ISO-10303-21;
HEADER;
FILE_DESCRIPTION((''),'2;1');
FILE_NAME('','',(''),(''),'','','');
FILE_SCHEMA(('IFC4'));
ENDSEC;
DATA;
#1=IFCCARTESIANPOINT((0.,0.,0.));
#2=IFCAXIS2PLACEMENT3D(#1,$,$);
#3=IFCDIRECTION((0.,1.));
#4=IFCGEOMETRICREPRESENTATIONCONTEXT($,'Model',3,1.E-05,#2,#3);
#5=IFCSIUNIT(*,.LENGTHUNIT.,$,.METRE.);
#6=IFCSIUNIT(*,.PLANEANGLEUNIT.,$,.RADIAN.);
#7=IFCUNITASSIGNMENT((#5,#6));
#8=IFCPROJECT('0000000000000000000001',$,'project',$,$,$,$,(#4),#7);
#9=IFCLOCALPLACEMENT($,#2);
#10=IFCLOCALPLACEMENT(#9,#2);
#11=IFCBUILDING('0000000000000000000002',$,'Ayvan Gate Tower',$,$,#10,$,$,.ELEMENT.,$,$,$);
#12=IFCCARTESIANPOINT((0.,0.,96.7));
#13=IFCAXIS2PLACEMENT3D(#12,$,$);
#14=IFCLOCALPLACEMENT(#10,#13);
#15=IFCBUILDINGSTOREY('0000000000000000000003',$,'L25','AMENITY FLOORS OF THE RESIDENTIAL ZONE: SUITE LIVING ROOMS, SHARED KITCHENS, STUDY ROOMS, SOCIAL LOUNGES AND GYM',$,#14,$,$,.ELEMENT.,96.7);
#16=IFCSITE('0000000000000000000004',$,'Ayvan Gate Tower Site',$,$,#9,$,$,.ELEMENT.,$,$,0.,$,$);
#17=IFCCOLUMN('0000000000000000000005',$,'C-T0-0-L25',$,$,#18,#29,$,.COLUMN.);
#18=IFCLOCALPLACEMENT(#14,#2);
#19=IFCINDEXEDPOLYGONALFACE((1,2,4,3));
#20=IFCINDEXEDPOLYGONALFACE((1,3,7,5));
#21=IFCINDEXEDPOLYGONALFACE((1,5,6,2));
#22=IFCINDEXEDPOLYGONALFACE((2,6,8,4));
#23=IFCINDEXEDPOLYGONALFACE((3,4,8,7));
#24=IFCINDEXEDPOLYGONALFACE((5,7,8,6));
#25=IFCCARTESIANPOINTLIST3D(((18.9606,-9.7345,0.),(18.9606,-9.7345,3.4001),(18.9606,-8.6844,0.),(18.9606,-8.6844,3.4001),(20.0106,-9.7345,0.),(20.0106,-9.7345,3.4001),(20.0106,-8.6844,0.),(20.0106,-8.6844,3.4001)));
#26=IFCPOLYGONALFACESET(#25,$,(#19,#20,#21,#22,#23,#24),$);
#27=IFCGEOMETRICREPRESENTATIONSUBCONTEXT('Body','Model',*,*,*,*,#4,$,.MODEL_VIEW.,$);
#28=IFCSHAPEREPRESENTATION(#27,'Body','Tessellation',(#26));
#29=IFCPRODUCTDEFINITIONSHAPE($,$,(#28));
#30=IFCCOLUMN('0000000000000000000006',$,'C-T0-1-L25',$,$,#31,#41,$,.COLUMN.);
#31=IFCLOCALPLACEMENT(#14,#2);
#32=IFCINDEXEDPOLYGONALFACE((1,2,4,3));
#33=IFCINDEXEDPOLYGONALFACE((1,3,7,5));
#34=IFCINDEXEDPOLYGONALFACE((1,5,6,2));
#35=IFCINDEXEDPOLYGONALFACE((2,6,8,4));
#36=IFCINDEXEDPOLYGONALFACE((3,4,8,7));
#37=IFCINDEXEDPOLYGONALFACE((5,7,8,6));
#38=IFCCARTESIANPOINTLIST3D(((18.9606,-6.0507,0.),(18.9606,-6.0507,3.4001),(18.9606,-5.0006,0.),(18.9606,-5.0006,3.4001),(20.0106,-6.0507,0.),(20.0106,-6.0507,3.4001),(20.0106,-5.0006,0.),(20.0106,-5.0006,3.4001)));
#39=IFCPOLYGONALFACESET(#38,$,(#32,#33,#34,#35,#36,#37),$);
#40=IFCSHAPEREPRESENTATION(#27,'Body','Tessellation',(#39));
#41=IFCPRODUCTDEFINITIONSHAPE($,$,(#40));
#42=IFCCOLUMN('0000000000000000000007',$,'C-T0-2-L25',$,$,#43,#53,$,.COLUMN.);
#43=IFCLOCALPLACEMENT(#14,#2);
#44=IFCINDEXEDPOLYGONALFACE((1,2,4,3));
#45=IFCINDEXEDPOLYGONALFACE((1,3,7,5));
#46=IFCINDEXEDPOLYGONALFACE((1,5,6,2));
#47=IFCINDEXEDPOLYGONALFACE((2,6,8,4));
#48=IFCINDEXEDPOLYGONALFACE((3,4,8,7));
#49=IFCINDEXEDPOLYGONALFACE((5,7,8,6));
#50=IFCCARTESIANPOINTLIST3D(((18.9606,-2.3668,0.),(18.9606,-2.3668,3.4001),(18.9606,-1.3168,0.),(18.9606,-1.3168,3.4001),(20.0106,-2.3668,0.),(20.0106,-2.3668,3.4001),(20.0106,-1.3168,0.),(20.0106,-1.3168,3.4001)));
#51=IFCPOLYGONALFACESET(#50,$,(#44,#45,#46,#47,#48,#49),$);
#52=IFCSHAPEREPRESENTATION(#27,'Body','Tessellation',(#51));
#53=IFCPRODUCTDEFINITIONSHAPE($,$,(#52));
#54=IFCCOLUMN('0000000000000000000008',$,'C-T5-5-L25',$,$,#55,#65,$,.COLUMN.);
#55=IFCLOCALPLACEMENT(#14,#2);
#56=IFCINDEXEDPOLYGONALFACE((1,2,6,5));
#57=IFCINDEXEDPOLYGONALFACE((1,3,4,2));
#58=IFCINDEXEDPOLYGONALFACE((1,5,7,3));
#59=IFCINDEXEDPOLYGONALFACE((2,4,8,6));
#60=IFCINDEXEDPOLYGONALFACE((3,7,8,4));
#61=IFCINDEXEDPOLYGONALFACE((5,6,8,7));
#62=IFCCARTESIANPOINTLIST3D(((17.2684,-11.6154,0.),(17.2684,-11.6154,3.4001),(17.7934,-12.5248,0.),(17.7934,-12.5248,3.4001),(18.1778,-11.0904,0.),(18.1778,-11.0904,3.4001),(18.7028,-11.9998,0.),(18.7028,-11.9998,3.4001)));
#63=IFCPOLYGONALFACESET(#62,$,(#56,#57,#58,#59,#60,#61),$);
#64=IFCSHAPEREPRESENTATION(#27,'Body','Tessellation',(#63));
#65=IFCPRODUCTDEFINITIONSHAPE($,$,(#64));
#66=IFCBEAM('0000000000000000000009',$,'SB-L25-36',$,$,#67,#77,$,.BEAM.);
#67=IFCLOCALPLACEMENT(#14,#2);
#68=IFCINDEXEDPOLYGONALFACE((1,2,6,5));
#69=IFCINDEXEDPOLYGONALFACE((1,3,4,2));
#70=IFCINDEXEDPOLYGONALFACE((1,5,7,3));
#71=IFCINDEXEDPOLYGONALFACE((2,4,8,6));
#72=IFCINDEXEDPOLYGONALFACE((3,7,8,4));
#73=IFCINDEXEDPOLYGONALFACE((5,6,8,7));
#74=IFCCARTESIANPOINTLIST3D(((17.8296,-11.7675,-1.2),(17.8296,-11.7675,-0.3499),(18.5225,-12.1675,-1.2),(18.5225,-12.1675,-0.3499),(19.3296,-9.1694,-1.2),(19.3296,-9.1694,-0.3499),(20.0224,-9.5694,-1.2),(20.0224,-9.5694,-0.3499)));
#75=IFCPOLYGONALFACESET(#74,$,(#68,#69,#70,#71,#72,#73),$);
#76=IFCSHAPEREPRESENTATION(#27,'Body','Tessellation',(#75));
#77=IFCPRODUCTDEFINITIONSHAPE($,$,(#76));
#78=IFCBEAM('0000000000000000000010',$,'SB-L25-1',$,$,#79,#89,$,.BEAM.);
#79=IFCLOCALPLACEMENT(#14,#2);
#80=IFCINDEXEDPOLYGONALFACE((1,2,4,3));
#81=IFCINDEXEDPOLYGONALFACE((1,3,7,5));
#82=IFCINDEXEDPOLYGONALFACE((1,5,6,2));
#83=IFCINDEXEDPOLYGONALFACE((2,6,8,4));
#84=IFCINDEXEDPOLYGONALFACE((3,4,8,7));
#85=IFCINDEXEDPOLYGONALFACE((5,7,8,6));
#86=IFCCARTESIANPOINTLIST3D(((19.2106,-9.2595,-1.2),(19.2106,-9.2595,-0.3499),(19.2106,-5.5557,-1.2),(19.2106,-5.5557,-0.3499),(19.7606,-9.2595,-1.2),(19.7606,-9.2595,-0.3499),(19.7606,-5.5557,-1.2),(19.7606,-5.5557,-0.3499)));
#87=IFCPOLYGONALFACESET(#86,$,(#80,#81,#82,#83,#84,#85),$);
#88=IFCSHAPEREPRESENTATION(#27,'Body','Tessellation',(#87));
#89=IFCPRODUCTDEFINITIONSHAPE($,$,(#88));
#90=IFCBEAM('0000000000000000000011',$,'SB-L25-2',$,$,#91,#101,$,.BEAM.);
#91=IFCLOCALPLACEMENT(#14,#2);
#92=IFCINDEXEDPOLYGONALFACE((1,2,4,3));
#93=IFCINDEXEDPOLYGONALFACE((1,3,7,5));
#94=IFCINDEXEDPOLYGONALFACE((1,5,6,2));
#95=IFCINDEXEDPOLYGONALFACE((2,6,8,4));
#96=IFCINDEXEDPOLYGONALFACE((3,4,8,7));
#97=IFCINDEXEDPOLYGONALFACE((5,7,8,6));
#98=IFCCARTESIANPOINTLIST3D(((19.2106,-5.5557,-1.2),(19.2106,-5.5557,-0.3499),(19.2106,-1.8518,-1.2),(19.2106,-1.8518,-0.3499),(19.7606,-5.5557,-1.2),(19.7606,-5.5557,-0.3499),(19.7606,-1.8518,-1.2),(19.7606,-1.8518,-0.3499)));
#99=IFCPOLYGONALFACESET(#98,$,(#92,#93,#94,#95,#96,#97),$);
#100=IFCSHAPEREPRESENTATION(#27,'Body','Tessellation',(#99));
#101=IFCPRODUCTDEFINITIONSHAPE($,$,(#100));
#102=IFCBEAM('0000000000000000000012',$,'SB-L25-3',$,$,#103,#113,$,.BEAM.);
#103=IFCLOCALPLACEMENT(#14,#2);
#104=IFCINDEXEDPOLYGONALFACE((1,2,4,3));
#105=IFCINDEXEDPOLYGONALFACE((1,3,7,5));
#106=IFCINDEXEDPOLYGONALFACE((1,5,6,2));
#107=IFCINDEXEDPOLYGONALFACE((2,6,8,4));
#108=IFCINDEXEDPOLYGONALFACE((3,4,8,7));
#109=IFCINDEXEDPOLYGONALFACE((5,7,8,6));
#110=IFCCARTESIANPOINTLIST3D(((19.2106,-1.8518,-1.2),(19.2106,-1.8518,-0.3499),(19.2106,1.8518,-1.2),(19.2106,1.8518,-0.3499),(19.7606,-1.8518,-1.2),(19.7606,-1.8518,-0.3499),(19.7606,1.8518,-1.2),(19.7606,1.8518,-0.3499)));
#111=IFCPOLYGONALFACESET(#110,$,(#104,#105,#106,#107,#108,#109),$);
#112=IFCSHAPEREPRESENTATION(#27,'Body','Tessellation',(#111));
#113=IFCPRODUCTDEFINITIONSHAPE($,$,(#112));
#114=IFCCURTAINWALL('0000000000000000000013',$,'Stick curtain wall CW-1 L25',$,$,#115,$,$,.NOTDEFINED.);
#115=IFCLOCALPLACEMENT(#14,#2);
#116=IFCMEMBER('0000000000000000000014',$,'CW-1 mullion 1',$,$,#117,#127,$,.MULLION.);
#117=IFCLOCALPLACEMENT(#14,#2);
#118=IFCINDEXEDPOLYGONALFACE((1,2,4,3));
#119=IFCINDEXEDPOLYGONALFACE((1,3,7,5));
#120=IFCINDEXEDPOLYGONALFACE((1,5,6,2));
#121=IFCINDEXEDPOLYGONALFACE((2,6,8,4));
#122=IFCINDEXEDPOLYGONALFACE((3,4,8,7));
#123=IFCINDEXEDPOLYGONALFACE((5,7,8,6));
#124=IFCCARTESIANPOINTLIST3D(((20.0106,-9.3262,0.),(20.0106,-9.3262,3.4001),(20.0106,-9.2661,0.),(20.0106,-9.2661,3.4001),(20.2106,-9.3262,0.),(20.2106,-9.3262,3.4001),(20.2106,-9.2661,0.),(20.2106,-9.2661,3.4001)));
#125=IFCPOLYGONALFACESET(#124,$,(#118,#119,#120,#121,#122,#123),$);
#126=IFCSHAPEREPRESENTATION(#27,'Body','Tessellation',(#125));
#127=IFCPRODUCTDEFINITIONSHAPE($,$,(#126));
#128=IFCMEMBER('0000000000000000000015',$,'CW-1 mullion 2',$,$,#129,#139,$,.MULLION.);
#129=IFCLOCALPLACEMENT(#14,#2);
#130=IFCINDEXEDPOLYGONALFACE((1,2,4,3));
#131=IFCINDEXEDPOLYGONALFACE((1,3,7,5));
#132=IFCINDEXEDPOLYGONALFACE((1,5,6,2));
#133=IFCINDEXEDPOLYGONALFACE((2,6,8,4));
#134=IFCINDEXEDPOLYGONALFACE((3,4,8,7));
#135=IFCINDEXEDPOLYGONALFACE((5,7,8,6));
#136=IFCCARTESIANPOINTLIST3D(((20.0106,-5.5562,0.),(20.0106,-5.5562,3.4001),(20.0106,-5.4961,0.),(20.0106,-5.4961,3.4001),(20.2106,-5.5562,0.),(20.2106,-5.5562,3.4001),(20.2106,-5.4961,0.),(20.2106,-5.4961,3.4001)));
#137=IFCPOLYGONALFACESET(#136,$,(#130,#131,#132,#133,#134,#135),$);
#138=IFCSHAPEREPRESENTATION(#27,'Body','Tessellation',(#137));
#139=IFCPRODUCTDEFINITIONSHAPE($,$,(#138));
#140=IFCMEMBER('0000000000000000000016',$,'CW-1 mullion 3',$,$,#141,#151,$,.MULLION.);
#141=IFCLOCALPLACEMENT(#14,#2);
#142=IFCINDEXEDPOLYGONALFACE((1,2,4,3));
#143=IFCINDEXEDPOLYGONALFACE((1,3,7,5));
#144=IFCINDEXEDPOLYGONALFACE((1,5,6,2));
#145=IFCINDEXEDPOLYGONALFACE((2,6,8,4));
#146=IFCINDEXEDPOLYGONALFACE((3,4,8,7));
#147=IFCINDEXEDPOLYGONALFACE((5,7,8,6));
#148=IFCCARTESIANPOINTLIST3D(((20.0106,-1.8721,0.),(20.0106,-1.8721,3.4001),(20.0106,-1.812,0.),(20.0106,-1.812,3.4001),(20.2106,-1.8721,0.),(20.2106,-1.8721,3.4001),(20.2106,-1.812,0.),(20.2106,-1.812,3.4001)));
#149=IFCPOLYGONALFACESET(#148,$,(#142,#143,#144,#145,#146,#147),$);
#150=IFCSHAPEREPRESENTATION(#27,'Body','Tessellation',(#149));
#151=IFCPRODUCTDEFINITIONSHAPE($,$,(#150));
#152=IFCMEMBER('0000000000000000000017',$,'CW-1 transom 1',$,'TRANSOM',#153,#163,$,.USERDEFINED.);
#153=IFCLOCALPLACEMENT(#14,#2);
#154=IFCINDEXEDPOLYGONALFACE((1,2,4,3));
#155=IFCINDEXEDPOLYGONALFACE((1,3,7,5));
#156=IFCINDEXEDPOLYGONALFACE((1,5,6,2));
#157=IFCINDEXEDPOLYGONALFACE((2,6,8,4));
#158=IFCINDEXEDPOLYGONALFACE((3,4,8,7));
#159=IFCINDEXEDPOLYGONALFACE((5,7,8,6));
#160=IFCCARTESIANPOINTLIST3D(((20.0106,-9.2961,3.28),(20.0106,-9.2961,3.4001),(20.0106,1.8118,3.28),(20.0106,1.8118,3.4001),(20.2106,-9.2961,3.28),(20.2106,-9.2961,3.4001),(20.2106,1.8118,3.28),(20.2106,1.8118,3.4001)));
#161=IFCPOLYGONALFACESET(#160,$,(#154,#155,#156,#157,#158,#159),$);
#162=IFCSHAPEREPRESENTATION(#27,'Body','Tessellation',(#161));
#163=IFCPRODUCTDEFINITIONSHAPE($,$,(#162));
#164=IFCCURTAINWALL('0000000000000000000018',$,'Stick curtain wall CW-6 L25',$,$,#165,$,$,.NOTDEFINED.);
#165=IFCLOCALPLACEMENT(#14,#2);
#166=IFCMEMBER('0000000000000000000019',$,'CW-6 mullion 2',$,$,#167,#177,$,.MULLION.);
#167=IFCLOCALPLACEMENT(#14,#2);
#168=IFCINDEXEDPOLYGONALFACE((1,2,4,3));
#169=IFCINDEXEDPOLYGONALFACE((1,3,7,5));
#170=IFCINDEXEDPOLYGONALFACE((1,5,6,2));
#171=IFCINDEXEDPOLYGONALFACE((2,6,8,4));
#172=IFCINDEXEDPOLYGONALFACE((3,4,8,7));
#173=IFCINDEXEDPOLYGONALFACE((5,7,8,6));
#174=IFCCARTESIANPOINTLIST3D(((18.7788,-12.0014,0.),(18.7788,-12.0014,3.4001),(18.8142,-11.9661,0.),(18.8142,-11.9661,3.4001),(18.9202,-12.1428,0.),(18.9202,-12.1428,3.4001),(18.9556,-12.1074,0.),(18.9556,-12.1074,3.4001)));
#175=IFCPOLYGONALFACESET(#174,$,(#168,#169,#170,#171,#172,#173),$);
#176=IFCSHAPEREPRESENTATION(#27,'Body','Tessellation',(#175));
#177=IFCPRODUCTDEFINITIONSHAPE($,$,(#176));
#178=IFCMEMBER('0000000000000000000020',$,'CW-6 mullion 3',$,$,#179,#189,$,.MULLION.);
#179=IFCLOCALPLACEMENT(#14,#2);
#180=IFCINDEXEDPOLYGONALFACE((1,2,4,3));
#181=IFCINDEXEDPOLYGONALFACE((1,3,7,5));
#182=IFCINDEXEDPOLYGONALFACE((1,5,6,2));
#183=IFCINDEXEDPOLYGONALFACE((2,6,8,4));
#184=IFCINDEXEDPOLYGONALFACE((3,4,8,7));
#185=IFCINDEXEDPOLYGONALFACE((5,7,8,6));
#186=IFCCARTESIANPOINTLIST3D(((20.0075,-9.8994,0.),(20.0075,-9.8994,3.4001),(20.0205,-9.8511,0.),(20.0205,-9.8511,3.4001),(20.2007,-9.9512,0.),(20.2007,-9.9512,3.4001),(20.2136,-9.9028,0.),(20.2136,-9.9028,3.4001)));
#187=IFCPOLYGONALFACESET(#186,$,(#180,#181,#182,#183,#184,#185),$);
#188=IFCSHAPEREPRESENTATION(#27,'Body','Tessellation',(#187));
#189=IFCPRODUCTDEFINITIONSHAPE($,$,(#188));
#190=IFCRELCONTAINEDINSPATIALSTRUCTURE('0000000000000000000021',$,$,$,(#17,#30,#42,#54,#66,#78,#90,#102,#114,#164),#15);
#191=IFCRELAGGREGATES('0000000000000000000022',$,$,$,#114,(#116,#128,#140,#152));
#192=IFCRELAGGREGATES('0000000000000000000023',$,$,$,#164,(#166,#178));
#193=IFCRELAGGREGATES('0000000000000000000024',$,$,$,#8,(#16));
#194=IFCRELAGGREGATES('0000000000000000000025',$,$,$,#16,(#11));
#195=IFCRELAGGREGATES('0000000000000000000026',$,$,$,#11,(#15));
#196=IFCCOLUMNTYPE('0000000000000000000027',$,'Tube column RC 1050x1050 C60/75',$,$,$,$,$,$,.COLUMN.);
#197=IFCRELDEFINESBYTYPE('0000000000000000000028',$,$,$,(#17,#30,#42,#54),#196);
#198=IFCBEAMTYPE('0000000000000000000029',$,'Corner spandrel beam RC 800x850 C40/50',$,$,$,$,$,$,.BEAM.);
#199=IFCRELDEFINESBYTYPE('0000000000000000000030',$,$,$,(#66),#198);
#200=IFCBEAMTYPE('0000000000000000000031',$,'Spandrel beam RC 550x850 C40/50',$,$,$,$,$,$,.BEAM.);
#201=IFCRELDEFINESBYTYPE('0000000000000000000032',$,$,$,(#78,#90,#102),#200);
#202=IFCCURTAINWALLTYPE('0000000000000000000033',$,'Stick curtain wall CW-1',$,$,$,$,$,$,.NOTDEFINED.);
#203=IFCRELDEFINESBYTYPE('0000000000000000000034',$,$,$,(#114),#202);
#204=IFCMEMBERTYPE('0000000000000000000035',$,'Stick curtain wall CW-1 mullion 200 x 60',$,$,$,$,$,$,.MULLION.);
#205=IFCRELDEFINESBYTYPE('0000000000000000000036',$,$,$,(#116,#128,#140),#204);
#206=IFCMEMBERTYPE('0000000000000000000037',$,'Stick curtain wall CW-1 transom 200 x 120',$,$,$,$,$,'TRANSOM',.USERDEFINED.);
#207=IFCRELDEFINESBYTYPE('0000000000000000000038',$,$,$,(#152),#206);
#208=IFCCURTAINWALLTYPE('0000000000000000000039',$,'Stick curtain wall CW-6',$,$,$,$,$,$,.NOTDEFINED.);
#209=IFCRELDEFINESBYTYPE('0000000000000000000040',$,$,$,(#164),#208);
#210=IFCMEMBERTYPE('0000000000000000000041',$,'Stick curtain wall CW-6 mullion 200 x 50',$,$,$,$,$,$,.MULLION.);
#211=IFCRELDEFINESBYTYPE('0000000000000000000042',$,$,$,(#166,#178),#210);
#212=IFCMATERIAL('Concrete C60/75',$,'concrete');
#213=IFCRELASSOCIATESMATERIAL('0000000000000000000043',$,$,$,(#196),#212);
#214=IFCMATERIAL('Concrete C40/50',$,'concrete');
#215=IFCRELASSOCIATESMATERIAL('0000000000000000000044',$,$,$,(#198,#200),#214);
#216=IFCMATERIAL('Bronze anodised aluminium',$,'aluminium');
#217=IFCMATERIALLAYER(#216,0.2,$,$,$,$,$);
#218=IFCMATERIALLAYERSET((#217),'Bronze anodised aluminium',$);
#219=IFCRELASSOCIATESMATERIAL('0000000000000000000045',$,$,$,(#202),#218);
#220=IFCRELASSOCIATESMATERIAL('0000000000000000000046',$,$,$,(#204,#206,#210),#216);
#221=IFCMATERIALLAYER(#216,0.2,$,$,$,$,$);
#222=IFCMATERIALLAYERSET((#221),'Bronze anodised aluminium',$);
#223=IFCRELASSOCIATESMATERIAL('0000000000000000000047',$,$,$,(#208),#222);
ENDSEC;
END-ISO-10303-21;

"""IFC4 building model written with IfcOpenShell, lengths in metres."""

from ifc_helpers import new_model, si_unit, direction, frame, origin, origin_2d, place, context, subcontext, project, spatial, rectangle, extrude, material, layer, layer_set, material_profile, profile_set, type_object, element, aggregate, save


model = new_model("IFC4")

# Units and contexts
model_context = context("Model", 3, precision=1e-05, world=origin(), true_north=direction((0.0, 1.0)))
body_context = subcontext(model_context, "Body", "Model", "MODEL_VIEW")
ifc_project = project(units=[si_unit("LENGTHUNIT", "METRE"), si_unit("PLANEANGLEUNIT", "RADIAN")], contexts=[model_context])

# Site, building, storey
site_placement = place(None, origin())
site = spatial("IfcSite", under=ifc_project, at=site_placement, Name="Ayvan Gate Tower Site", CompositionType="ELEMENT", RefElevation=0.0)
building_placement = place(site_placement, origin())
building = spatial("IfcBuilding", under=site, at=building_placement, Name="Ayvan Gate Tower", CompositionType="ELEMENT")
storey_placement = place(building_placement, frame((0.0, 0.0, 96.7)))
storey = spatial("IfcBuildingStorey", under=building, at=storey_placement, Name="L25", Description="AMENITY FLOORS OF THE RESIDENTIAL ZONE: SUITE LIVING ROOMS, SHARED KITCHENS, STUDY ROOMS, SOCIAL LOUNGES AND GYM", CompositionType="ELEMENT", Elevation=96.7)

# Columns
ifc_material_1 = material(Name="Concrete C60/75", Category="concrete")
ifc_material_profile_1 = material_profile(ifc_material_1, rectangle(XDim=1.05, YDim=1.05, at=origin_2d()), Name="RC 1050x1050")
ifc_profile_set_1 = profile_set([ifc_material_profile_1], Name="Concrete C60/75")
column_type = type_object("IfcColumnType", Name="Tube column RC 1050x1050 C60/75", PredefinedType="COLUMN", material=ifc_profile_set_1)
for number, where, z_axis, x_axis, name in (
    (1, (19.4856, -9.2095, 0.0), (0.0, 0.0, 1.0), (1.0, 0.0, 0.0), "C-T0-0-L25"),
    (2, (19.4856, -5.5256, 0.0), (0.0, 0.0, 1.0), (1.0, 0.0, 0.0), "C-T0-1-L25"),
    (3, (19.4856, -1.8418, 0.0), (0.0, 0.0, 1.0), (1.0, 0.0, 0.0), "C-T0-2-L25"),
    (4, (17.9856, -11.8076, 0.0), (0.0, 0.0, 1.0), (0.5, -0.866025, 0.0), "C-T5-5-L25"),
):
    element("IfcColumn", number, at=place(storey_placement, frame(where, z_axis=z_axis, x_axis=x_axis)), inside=storey, type_object=column_type, Name=name, PredefinedType="COLUMN", context=body_context, shape_type="SweptSolid", body=[
        extrude(rectangle(XDim=1.05, YDim=1.05, at=origin_2d()), origin(), (0.0, 0.0, 1.0), 3.4001),
    ])

# Beams
ifc_material_2 = material(Name="Concrete C40/50", Category="concrete")
ifc_material_profile_2 = material_profile(ifc_material_2, rectangle(XDim=0.8, YDim=0.8501, at=origin_2d()), Name="RC 800x850")
ifc_profile_set_2 = profile_set([ifc_material_profile_2], Name="Concrete C40/50")
beam_type_1 = type_object("IfcBeamType", Name="Corner spandrel beam RC 800x850 C40/50", PredefinedType="BEAM", material=ifc_profile_set_2)
beam_1_placement = place(storey_placement, frame((18.176, -11.9675, -0.7749), z_axis=(0.49999, 0.866031, 0.0), x_axis=(-0.866031, 0.49999, 0.0)))
element("IfcBeam", 5, at=beam_1_placement, inside=storey, type_object=beam_type_1, Name="SB-L25-36", PredefinedType="BEAM", context=body_context, shape_type="SweptSolid", body=[
    extrude(rectangle(XDim=0.8, YDim=0.8501, at=origin_2d()), origin(), (0.0, 0.0, 1.0), 3.0),
])
ifc_material_profile_3 = material_profile(ifc_material_2, rectangle(XDim=0.55, YDim=0.8501, at=origin_2d()), Name="RC 550x850")
ifc_profile_set_3 = profile_set([ifc_material_profile_3], Name="Concrete C40/50")
beam_type_2 = type_object("IfcBeamType", Name="Spandrel beam RC 550x850 C40/50", PredefinedType="BEAM", material=ifc_profile_set_3)
for number, where, z_axis, x_axis, name in (
    (6, (19.4856, -9.2595, -0.7749), (0.0, 1.0, 0.0), (-1.0, 0.0, 0.0), "SB-L25-1"),
    (7, (19.4856, -5.5557, -0.7749), (0.0, 1.0, 0.0), (-1.0, 0.0, 0.0), "SB-L25-2"),
):
    element("IfcBeam", number, at=place(storey_placement, frame(where, z_axis=z_axis, x_axis=x_axis)), inside=storey, type_object=beam_type_2, Name=name, PredefinedType="BEAM", context=body_context, shape_type="SweptSolid", body=[
        extrude(rectangle(XDim=0.55, YDim=0.8501, at=origin_2d()), origin(), (0.0, 0.0, 1.0), 3.7039),
    ])
beam_2_placement = place(storey_placement, frame((19.4856, -1.8518, -0.7749), z_axis=(0.0, 1.0, 0.0), x_axis=(-1.0, 0.0, 0.0)))
element("IfcBeam", 8, at=beam_2_placement, inside=storey, type_object=beam_type_2, Name="SB-L25-3", PredefinedType="BEAM", context=body_context, shape_type="SweptSolid", body=[
    extrude(rectangle(XDim=0.55, YDim=0.8501, at=origin_2d()), origin(), (0.0, 0.0, 1.0), 3.7036),
])

# Curtain walls, members
ifc_material_3 = material(Name="Bronze anodised aluminium", Category="aluminium")
ifc_layer_1 = layer(ifc_material_3, 0.2)
ifc_layer_set_1 = layer_set([ifc_layer_1], Name="Bronze anodised aluminium")
curtain_wall_type_1 = type_object("IfcCurtainWallType", Name="Stick curtain wall CW-1", PredefinedType="NOTDEFINED", material=ifc_layer_set_1)
curtain_wall_1_placement = place(storey_placement, origin())
curtain_wall_1 = element("IfcCurtainWall", 9, at=curtain_wall_1_placement, inside=storey, type_object=curtain_wall_type_1, Name="Stick curtain wall CW-1 L25", PredefinedType="NOTDEFINED")
ifc_material_profile_4 = material_profile(ifc_material_3, rectangle(XDim=0.2, YDim=0.0601, at=origin_2d()), Name="Stick curtain wall CW-1 mullion 200 x 60")
ifc_profile_set_4 = profile_set([ifc_material_profile_4], Name="Bronze anodised aluminium")
member_type_1 = type_object("IfcMemberType", Name="Stick curtain wall CW-1 mullion 200 x 60", PredefinedType="MULLION", material=ifc_profile_set_4)
member_1_placement = place(storey_placement, frame((20.1106, -9.2961, 0.0), z_axis=(0.0, 0.0, 1.0), x_axis=(1.0, 0.0, 0.0)))
member_1 = element("IfcMember", 10, at=member_1_placement, type_object=member_type_1, Name="CW-1 mullion 1", PredefinedType="MULLION", context=body_context, shape_type="SweptSolid", body=[
    extrude(rectangle(XDim=0.2, YDim=0.0601, at=origin_2d()), origin(), (0.0, 0.0, 1.0), 3.4001),
])
member_2_placement = place(storey_placement, frame((20.1106, -5.5261, 0.0), z_axis=(0.0, 0.0, 1.0), x_axis=(1.0, 0.0, 0.0)))
member_2 = element("IfcMember", 11, at=member_2_placement, type_object=member_type_1, Name="CW-1 mullion 2", PredefinedType="MULLION", context=body_context, shape_type="SweptSolid", body=[
    extrude(rectangle(XDim=0.2, YDim=0.0601, at=origin_2d()), origin(), (0.0, 0.0, 1.0), 3.4001),
])
member_3_placement = place(storey_placement, frame((20.1106, -1.842, 0.0), z_axis=(0.0, 0.0, 1.0), x_axis=(1.0, 0.0, 0.0)))
member_3 = element("IfcMember", 12, at=member_3_placement, type_object=member_type_1, Name="CW-1 mullion 3", PredefinedType="MULLION", context=body_context, shape_type="SweptSolid", body=[
    extrude(rectangle(XDim=0.2, YDim=0.0601, at=origin_2d()), origin(), (0.0, 0.0, 1.0), 3.4001),
])
ifc_material_profile_5 = material_profile(ifc_material_3, rectangle(XDim=0.2, YDim=0.1201, at=origin_2d()), Name="Stick curtain wall CW-1 transom 200 x 120")
ifc_profile_set_5 = profile_set([ifc_material_profile_5], Name="Bronze anodised aluminium")
member_type_2 = type_object("IfcMemberType", Name="Stick curtain wall CW-1 transom 200 x 120", ElementType="TRANSOM", PredefinedType="USERDEFINED", material=ifc_profile_set_5)
member_4_placement = place(storey_placement, frame((20.1106, -9.2961, 3.3401), z_axis=(0.0, 1.0, 0.0), x_axis=(-1.0, 0.0, 0.0)))
member_4 = element("IfcMember", 13, at=member_4_placement, type_object=member_type_2, Name="CW-1 transom 1", ObjectType="TRANSOM", PredefinedType="USERDEFINED", context=body_context, shape_type="SweptSolid", body=[
    extrude(rectangle(XDim=0.2, YDim=0.1201, at=origin_2d()), origin(), (0.0, 0.0, 1.0), 11.1079),
])
ifc_layer_2 = layer(ifc_material_3, 0.2)
ifc_layer_set_2 = layer_set([ifc_layer_2], Name="Bronze anodised aluminium")
curtain_wall_type_2 = type_object("IfcCurtainWallType", Name="Stick curtain wall CW-6", PredefinedType="NOTDEFINED", material=ifc_layer_set_2)
curtain_wall_2_placement = place(storey_placement, origin())
curtain_wall_2 = element("IfcCurtainWall", 14, at=curtain_wall_2_placement, inside=storey, type_object=curtain_wall_type_2, Name="Stick curtain wall CW-6 L25", PredefinedType="NOTDEFINED")
ifc_material_profile_6 = material_profile(ifc_material_3, rectangle(XDim=0.2, YDim=0.05, at=origin_2d()), Name="Stick curtain wall CW-6 mullion 200 x 50")
ifc_profile_set_6 = profile_set([ifc_material_profile_6], Name="Bronze anodised aluminium")
member_type_3 = type_object("IfcMemberType", Name="Stick curtain wall CW-6 mullion 200 x 50", PredefinedType="MULLION", material=ifc_profile_set_6)
member_5_placement = place(storey_placement, frame((18.8672, -12.0544, 0.0), z_axis=(0.0, 0.0, 1.0), x_axis=(0.707107, -0.707107, 0.0)))
member_5 = element("IfcMember", 15, at=member_5_placement, type_object=member_type_3, Name="CW-6 mullion 2", PredefinedType="MULLION", context=body_context, shape_type="SweptSolid", body=[
    extrude(rectangle(XDim=0.2, YDim=0.05, at=origin_2d()), origin(), (0.0, 0.0, 1.0), 3.4001),
])
member_6_placement = place(storey_placement, frame((20.1106, -9.9011, 0.0), z_axis=(0.0, 0.0, 1.0), x_axis=(0.965926, -0.258819, 0.0)))
member_6 = element("IfcMember", 16, at=member_6_placement, type_object=member_type_3, Name="CW-6 mullion 3", PredefinedType="MULLION", context=body_context, shape_type="SweptSolid", body=[
    extrude(rectangle(XDim=0.2, YDim=0.05, at=origin_2d()), origin(), (0.0, 0.0, 1.0), 3.4001),
])

aggregate(curtain_wall_1, [member_1, member_2, member_3, member_4])
aggregate(curtain_wall_2, [member_5, member_6])

save(model, "model.ifc")
